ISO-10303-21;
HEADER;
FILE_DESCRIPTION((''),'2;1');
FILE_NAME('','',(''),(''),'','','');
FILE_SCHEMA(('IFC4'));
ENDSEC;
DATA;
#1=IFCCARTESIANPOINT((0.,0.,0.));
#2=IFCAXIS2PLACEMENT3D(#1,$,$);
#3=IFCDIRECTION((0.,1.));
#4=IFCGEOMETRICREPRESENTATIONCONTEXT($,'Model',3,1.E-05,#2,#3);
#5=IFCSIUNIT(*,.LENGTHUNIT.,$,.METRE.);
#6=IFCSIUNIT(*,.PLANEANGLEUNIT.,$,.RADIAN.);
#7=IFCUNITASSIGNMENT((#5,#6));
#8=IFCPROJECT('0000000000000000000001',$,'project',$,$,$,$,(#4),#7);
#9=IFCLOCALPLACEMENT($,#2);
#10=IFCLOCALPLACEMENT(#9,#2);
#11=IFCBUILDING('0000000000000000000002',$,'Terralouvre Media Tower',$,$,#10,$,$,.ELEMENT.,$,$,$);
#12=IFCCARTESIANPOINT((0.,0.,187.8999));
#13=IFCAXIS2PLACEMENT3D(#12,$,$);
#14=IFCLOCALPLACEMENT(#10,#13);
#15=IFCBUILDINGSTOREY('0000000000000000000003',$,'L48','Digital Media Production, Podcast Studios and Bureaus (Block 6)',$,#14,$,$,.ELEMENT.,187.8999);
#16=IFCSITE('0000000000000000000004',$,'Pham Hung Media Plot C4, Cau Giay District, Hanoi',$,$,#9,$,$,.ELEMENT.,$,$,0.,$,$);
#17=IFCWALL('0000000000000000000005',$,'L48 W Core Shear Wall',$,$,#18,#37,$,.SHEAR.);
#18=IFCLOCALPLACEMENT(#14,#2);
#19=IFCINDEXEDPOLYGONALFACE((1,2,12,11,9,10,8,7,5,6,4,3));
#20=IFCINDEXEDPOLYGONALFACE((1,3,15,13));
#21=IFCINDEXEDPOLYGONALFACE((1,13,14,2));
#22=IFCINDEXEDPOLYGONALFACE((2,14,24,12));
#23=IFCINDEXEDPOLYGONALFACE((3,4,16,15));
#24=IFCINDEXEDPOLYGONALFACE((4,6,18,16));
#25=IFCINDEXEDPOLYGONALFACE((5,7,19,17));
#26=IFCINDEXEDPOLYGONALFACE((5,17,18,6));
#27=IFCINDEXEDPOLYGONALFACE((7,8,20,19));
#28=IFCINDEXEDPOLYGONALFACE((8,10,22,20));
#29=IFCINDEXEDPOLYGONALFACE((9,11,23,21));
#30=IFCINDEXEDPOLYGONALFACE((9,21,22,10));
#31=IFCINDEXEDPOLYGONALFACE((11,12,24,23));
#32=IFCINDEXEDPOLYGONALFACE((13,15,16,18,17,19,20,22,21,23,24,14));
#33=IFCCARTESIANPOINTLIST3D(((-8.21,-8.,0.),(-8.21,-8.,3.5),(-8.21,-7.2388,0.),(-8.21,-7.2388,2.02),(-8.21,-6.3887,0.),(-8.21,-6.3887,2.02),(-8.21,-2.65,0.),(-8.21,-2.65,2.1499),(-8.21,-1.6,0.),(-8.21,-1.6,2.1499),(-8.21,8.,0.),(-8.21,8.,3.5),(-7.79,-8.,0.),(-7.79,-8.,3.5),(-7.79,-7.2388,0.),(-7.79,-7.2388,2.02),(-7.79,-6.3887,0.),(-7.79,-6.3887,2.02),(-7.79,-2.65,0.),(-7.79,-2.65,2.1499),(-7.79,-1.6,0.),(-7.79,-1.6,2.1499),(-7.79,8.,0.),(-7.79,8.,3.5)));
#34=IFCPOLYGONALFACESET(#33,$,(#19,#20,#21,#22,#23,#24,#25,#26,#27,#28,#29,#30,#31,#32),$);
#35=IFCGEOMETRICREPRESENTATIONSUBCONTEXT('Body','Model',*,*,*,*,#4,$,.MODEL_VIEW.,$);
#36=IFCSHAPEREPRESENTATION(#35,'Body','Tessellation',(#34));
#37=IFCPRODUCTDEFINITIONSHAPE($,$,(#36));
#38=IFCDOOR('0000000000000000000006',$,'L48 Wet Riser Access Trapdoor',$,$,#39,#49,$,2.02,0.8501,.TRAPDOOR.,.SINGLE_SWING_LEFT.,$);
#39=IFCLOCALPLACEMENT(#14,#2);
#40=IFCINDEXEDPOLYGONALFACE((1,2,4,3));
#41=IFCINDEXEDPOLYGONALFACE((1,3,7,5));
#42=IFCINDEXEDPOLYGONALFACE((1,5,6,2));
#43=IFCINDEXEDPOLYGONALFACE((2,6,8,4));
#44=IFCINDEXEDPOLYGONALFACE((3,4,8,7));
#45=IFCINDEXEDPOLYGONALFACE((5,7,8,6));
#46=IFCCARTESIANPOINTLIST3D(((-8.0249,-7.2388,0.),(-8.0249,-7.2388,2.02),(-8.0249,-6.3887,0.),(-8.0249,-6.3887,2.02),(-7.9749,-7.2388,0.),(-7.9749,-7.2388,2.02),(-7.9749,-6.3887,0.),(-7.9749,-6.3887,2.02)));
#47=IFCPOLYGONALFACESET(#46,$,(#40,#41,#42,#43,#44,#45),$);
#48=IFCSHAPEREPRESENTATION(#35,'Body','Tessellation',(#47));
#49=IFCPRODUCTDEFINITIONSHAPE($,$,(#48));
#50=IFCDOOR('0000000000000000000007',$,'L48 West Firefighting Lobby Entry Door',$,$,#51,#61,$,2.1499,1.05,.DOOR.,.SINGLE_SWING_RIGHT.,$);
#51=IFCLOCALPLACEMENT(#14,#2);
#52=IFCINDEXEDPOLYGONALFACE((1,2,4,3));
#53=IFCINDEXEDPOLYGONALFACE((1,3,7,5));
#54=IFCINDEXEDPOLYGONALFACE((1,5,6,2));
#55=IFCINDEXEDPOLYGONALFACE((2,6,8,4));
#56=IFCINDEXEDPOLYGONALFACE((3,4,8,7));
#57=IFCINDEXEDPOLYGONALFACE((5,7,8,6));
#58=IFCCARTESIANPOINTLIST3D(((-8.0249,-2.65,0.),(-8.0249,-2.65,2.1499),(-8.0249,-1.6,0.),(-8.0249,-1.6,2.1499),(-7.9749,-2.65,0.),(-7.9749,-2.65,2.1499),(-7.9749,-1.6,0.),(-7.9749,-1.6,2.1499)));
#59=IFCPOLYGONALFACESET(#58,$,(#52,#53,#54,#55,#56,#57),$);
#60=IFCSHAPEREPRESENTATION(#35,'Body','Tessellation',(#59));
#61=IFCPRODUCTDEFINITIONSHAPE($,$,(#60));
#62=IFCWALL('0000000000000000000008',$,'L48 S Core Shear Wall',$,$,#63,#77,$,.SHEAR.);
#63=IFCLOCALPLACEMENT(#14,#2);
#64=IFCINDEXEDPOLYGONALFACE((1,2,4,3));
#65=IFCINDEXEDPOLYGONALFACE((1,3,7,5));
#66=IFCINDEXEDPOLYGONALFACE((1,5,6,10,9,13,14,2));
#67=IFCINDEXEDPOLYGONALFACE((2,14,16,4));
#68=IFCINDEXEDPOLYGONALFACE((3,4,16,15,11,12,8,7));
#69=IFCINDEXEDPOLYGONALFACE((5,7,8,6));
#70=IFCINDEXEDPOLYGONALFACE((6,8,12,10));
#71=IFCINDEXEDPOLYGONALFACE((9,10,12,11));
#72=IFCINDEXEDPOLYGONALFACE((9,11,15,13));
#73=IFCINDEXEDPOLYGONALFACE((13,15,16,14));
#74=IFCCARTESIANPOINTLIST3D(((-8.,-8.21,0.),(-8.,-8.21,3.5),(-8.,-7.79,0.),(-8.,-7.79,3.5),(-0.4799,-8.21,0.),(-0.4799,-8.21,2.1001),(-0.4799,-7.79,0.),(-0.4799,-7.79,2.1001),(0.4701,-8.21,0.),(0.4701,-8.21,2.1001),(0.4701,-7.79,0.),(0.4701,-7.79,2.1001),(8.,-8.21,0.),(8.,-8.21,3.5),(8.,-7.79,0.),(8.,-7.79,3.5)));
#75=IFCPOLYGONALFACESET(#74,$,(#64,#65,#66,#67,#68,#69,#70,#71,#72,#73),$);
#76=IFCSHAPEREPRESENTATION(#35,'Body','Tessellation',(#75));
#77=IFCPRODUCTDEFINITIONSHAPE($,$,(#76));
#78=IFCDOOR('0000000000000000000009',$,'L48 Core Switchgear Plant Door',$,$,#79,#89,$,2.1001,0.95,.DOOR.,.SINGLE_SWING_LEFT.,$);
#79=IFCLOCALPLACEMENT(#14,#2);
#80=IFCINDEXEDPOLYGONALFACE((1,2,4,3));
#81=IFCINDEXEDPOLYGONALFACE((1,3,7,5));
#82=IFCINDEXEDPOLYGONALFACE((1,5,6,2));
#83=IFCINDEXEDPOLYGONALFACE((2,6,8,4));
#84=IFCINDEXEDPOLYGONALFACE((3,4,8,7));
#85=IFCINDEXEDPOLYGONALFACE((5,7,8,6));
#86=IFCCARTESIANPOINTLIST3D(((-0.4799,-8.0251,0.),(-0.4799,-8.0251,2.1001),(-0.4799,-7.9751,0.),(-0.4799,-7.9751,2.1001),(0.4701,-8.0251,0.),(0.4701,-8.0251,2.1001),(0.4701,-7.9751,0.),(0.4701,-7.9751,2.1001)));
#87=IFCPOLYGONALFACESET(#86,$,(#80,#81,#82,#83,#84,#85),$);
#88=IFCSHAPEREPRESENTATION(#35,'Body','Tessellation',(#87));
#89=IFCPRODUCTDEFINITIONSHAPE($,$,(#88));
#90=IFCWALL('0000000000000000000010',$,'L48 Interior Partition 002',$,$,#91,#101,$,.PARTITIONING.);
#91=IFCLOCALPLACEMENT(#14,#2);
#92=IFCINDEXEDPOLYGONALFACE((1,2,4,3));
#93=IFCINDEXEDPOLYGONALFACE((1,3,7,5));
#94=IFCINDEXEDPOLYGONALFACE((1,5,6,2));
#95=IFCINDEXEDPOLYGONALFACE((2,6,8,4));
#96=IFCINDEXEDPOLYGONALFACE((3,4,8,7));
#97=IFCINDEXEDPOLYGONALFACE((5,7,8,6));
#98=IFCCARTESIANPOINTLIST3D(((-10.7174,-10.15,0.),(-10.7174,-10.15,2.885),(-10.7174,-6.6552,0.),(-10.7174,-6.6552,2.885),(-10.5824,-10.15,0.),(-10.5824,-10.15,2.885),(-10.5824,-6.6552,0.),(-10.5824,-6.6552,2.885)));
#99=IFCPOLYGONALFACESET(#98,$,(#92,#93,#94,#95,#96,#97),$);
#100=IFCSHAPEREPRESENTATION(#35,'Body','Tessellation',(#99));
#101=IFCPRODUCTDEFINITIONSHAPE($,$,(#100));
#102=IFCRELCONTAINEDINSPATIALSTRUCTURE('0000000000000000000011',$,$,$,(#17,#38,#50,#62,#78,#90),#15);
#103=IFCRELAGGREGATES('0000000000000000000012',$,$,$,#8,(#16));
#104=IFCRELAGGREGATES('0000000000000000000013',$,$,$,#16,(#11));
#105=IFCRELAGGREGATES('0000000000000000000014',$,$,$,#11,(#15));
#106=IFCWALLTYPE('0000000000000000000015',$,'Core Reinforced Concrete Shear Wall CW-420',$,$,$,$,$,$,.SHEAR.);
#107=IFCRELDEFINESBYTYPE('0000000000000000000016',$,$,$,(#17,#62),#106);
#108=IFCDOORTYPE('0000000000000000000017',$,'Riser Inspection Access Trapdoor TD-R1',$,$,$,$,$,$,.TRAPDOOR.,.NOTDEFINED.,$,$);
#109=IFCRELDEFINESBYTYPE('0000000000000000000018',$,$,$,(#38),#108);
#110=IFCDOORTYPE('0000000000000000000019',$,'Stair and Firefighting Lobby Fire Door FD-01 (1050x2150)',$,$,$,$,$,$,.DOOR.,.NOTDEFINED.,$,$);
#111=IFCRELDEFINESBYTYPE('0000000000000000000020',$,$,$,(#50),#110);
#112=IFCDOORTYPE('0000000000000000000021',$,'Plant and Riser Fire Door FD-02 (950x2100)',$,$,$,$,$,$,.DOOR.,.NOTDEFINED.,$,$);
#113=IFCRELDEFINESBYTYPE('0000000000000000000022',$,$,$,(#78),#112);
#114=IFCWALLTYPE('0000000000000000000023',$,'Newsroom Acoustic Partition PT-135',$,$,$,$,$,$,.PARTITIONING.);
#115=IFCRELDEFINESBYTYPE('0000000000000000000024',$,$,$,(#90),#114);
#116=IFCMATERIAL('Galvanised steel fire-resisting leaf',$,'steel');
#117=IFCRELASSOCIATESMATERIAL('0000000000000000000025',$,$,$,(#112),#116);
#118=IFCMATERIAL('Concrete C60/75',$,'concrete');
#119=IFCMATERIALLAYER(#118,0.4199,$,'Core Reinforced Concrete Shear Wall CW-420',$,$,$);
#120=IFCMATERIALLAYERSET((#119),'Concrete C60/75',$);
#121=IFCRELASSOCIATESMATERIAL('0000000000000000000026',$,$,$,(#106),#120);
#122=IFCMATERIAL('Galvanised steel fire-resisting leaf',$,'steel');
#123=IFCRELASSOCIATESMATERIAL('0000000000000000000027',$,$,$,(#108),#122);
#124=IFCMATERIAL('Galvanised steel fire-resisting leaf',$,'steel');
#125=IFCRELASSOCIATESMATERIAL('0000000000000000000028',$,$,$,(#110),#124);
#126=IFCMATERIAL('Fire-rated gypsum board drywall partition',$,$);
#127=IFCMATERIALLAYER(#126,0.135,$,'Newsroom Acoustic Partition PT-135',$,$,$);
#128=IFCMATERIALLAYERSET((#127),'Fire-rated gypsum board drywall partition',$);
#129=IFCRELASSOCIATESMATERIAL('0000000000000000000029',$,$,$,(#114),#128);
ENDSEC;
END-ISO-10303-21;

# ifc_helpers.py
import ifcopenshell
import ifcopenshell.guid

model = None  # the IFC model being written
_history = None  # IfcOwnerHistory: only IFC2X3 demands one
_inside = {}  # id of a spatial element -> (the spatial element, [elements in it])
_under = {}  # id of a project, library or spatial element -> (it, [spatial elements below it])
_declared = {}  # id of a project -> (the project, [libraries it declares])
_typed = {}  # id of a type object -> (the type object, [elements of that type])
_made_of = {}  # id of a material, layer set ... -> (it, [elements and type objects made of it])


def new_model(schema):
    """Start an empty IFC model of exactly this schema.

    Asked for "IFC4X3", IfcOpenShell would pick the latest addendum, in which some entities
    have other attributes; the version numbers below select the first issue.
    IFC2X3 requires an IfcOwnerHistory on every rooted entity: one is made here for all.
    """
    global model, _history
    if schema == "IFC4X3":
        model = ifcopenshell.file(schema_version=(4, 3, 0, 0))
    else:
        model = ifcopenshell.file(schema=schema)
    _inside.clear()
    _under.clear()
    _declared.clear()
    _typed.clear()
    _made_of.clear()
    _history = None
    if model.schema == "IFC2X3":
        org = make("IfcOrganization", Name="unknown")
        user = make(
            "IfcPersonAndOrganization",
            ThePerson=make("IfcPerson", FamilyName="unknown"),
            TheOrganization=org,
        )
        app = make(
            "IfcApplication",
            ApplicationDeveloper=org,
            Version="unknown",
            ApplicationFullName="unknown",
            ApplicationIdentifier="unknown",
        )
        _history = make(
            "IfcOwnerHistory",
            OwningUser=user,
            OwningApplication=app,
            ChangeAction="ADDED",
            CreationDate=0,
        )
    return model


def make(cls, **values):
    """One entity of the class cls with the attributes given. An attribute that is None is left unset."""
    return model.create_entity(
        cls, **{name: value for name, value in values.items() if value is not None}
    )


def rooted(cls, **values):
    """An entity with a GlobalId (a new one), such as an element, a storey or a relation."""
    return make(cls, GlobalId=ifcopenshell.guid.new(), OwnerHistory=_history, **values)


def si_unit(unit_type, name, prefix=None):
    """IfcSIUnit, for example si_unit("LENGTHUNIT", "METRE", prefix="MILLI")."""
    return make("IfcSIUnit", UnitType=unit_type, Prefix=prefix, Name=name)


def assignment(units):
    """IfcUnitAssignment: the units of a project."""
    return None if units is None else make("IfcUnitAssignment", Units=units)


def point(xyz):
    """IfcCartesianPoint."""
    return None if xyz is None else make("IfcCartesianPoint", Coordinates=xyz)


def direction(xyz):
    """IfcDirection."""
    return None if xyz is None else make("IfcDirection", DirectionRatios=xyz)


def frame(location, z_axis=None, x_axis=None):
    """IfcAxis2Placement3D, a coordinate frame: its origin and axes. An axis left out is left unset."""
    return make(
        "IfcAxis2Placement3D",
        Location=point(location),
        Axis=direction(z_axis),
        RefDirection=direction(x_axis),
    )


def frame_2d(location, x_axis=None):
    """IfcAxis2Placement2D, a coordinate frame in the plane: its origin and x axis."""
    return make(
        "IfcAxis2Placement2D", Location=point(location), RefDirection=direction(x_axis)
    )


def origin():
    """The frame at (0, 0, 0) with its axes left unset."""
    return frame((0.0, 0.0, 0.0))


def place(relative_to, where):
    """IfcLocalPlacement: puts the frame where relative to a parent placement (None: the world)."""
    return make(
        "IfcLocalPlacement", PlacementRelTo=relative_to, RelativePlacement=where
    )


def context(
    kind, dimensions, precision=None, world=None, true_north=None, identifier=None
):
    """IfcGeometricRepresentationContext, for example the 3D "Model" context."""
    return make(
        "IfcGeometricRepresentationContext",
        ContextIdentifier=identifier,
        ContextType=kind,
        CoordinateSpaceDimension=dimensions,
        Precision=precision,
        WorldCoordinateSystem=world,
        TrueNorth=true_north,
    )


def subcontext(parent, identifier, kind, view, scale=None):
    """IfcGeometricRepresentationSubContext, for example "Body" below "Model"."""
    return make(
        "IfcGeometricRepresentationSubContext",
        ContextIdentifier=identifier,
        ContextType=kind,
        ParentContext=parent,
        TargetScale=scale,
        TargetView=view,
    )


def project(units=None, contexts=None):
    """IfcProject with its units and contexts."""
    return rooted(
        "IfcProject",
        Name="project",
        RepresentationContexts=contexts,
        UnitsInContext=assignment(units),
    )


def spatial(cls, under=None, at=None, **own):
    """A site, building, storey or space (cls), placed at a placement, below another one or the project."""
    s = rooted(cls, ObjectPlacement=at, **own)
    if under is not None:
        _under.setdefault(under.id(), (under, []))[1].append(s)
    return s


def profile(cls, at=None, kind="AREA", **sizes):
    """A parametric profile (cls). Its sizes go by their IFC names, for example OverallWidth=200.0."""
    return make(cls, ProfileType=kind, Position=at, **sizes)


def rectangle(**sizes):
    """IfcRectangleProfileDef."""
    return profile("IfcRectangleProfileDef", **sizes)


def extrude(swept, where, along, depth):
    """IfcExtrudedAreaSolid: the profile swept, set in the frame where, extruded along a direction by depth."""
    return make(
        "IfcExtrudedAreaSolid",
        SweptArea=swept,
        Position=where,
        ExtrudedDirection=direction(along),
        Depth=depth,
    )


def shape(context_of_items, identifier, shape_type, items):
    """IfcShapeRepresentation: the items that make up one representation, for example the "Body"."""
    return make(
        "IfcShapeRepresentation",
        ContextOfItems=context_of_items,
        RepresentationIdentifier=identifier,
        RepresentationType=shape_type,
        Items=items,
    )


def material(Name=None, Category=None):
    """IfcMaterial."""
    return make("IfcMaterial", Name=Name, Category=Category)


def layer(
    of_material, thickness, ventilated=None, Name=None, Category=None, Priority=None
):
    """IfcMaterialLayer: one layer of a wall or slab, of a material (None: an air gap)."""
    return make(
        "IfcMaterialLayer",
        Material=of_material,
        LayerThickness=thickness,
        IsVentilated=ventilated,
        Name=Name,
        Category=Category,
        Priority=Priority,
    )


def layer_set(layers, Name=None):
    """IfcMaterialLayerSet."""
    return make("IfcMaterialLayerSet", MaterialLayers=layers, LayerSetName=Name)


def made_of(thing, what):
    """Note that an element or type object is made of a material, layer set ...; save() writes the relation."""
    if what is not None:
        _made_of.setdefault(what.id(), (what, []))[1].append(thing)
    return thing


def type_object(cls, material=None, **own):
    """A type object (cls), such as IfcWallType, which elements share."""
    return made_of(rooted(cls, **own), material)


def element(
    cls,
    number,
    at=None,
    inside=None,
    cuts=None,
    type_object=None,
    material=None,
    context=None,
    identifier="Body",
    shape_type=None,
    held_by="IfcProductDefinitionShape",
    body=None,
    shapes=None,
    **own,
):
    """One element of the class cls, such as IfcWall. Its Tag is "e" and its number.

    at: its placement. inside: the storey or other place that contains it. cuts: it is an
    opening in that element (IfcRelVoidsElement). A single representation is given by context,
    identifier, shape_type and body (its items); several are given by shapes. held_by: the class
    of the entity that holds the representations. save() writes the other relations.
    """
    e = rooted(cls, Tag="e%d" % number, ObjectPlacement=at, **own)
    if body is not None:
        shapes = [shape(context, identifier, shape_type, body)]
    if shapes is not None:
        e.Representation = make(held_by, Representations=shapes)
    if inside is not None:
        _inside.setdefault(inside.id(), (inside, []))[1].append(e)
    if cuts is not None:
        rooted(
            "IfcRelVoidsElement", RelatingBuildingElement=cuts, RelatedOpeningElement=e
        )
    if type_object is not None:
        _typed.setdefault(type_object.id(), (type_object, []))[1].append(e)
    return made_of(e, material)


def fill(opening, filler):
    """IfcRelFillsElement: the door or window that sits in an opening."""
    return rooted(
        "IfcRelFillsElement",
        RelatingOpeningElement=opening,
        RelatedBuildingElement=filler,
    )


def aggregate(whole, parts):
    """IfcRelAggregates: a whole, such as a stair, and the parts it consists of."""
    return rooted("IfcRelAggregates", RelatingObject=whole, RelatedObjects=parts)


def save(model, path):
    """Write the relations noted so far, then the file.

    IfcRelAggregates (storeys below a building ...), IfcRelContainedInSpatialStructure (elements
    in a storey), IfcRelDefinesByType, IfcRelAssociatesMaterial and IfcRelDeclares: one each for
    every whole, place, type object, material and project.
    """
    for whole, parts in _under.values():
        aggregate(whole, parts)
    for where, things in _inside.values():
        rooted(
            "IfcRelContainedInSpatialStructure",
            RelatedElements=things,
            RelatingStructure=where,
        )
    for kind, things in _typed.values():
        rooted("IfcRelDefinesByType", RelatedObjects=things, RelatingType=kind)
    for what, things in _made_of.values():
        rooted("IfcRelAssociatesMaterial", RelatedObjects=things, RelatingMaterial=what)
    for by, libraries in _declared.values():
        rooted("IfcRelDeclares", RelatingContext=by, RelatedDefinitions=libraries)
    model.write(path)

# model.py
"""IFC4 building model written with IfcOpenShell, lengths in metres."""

from ifc_helpers import new_model, si_unit, direction, frame, frame_2d, origin, place, context, subcontext, project, spatial, rectangle, extrude, material, layer, layer_set, type_object, element, fill, save


model = new_model("IFC4")

# Units and contexts
model_context = context("Model", 3, precision=1e-05, world=origin(), true_north=direction((0.0, 1.0)))
body_context = subcontext(model_context, "Body", "Model", "MODEL_VIEW")
ifc_project = project(units=[si_unit("LENGTHUNIT", "METRE"), si_unit("PLANEANGLEUNIT", "RADIAN")], contexts=[model_context])

# Site, building, storey
site_placement = place(None, origin())
site = spatial("IfcSite", under=ifc_project, at=site_placement, Name="Pham Hung Media Plot C4, Cau Giay District, Hanoi", CompositionType="ELEMENT", RefElevation=0.0)
building_placement = place(site_placement, origin())
building = spatial("IfcBuilding", under=site, at=building_placement, Name="Terralouvre Media Tower", CompositionType="ELEMENT")
storey_placement = place(building_placement, frame((0.0, 0.0, 187.8999)))
storey = spatial("IfcBuildingStorey", under=building, at=storey_placement, Name="L48", Description="Digital Media Production, Podcast Studios and Bureaus (Block 6)", CompositionType="ELEMENT", Elevation=187.8999)

# Wall, openings, doors
ifc_material_1 = material(Name="Galvanised steel fire-resisting leaf", Category="steel")
door_type_1 = type_object("IfcDoorType", Name="Plant and Riser Fire Door FD-02 (950x2100)", OperationType="NOTDEFINED", PredefinedType="DOOR", material=ifc_material_1)
ifc_material_2 = material(Name="Concrete C60/75", Category="concrete")
ifc_layer_1 = layer(ifc_material_2, 0.4199, Name="Core Reinforced Concrete Shear Wall CW-420")
ifc_layer_set_1 = layer_set([ifc_layer_1], Name="Concrete C60/75")
wall_type_1 = type_object("IfcWallType", Name="Core Reinforced Concrete Shear Wall CW-420", PredefinedType="SHEAR", material=ifc_layer_set_1)
wall_1_placement = place(storey_placement, frame((-8.0, -8.0, 0.0), z_axis=(0.0, 0.0, 1.0), x_axis=(0.0, 1.0, 0.0)))
wall_1 = element("IfcWall", 1, at=wall_1_placement, inside=storey, type_object=wall_type_1, Name="L48 W Core Shear Wall", PredefinedType="SHEAR", context=body_context, shape_type="SweptSolid", body=[
    extrude(rectangle(XDim=16.0, YDim=0.4199, at=frame_2d((8.0, 0.0))), origin(), (0.0, 0.0, 1.0), 3.5),
])
opening_1_placement = place(wall_1_placement, frame((0.7612, 0.0, 0.0)))
opening_1 = element("IfcOpeningElement", 2, at=opening_1_placement, cuts=wall_1, PredefinedType="OPENING", context=body_context, shape_type="SweptSolid", body=[
    extrude(rectangle(XDim=0.8501, YDim=2.02, at=frame_2d((0.425, 1.01))), frame((0.0, 0.22, 0.0), z_axis=(0.0, -1.0, 0.0), x_axis=(1.0, 0.0, 0.0)), (0.0, 0.0, 1.0), 0.4399),
])
opening_2_placement = place(wall_1_placement, frame((5.3501, 0.0, 0.0)))
opening_2 = element("IfcOpeningElement", 3, at=opening_2_placement, cuts=wall_1, PredefinedType="OPENING", context=body_context, shape_type="SweptSolid", body=[
    extrude(rectangle(XDim=1.05, YDim=2.1499, at=frame_2d((0.5249, 1.075))), frame((0.0, 0.22, 0.0), z_axis=(0.0, -1.0, 0.0), x_axis=(1.0, 0.0, 0.0)), (0.0, 0.0, 1.0), 0.4399),
])
ifc_material_3 = material(Name="Galvanised steel fire-resisting leaf", Category="steel")
door_type_2 = type_object("IfcDoorType", Name="Riser Inspection Access Trapdoor TD-R1", OperationType="NOTDEFINED", PredefinedType="TRAPDOOR", material=ifc_material_3)
door_1_placement = place(opening_1_placement, origin())
door_1 = element("IfcDoor", 4, at=door_1_placement, inside=storey, type_object=door_type_2, Name="L48 Wet Riser Access Trapdoor", OperationType="SINGLE_SWING_LEFT", OverallHeight=2.02, OverallWidth=0.8501, PredefinedType="TRAPDOOR", context=body_context, shape_type="SweptSolid", body=[
    extrude(rectangle(XDim=0.8501, YDim=2.02, at=frame_2d((0.425, 1.01))), frame((0.0, 0.0249, 0.0), z_axis=(0.0, -1.0, 0.0), x_axis=(1.0, 0.0, 0.0)), (0.0, 0.0, 1.0), 0.05),
])
fill(opening_1, door_1)
ifc_material_4 = material(Name="Galvanised steel fire-resisting leaf", Category="steel")
door_type_3 = type_object("IfcDoorType", Name="Stair and Firefighting Lobby Fire Door FD-01 (1050x2150)", OperationType="NOTDEFINED", PredefinedType="DOOR", material=ifc_material_4)
door_2_placement = place(opening_2_placement, origin())
door_2 = element("IfcDoor", 5, at=door_2_placement, inside=storey, type_object=door_type_3, Name="L48 West Firefighting Lobby Entry Door", OperationType="SINGLE_SWING_RIGHT", OverallHeight=2.1499, OverallWidth=1.05, PredefinedType="DOOR", context=body_context, shape_type="SweptSolid", body=[
    extrude(rectangle(XDim=1.05, YDim=2.1499, at=frame_2d((0.5249, 1.075))), frame((0.0, 0.0249, 0.0), z_axis=(0.0, -1.0, 0.0), x_axis=(1.0, 0.0, 0.0)), (0.0, 0.0, 1.0), 0.05),
])
fill(opening_2, door_2)

# Wall, opening, door
wall_2_placement = place(storey_placement, frame((-8.0, -8.0, 0.0), z_axis=(0.0, 0.0, 1.0), x_axis=(1.0, 0.0, 0.0)))
wall_2 = element("IfcWall", 6, at=wall_2_placement, inside=storey, type_object=wall_type_1, Name="L48 S Core Shear Wall", PredefinedType="SHEAR", context=body_context, shape_type="SweptSolid", body=[
    extrude(rectangle(XDim=16.0, YDim=0.4199, at=frame_2d((8.0, 0.0))), origin(), (0.0, 0.0, 1.0), 3.5),
])
opening_3_placement = place(wall_2_placement, frame((7.52, 0.0, 0.0)))
opening_3 = element("IfcOpeningElement", 7, at=opening_3_placement, cuts=wall_2, PredefinedType="OPENING", context=body_context, shape_type="SweptSolid", body=[
    extrude(rectangle(XDim=0.95, YDim=2.1001, at=frame_2d((0.4751, 1.05))), frame((0.0, 0.22, 0.0), z_axis=(0.0, -1.0, 0.0), x_axis=(1.0, 0.0, 0.0)), (0.0, 0.0, 1.0), 0.4399),
])
door_3_placement = place(opening_3_placement, origin())
door_3 = element("IfcDoor", 8, at=door_3_placement, inside=storey, type_object=door_type_1, Name="L48 Core Switchgear Plant Door", OperationType="SINGLE_SWING_LEFT", OverallHeight=2.1001, OverallWidth=0.95, PredefinedType="DOOR", context=body_context, shape_type="SweptSolid", body=[
    extrude(rectangle(XDim=0.95, YDim=2.1001, at=frame_2d((0.4751, 1.05))), frame((0.0, 0.0249, 0.0), z_axis=(0.0, -1.0, 0.0), x_axis=(1.0, 0.0, 0.0)), (0.0, 0.0, 1.0), 0.05),
])
fill(opening_3, door_3)

# Wall
ifc_material_5 = material(Name="Fire-rated gypsum board drywall partition")
ifc_layer_2 = layer(ifc_material_5, 0.135, Name="Newsroom Acoustic Partition PT-135")
ifc_layer_set_2 = layer_set([ifc_layer_2], Name="Fire-rated gypsum board drywall partition")
wall_type_2 = type_object("IfcWallType", Name="Newsroom Acoustic Partition PT-135", PredefinedType="PARTITIONING", material=ifc_layer_set_2)
wall_3_placement = place(storey_placement, frame((-10.6499, -6.655, 0.0), z_axis=(0.0, 0.0, 1.0), x_axis=(0.0, -1.0, 0.0)))
element("IfcWall", 9, at=wall_3_placement, inside=storey, type_object=wall_type_2, Name="L48 Interior Partition 002", PredefinedType="PARTITIONING", context=body_context, shape_type="SweptSolid", body=[
    extrude(rectangle(XDim=3.4949, YDim=0.135, at=frame_2d((1.7476, 0.0))), origin(), (0.0, 0.0, 1.0), 2.885),
])

save(model, "model.ifc")
